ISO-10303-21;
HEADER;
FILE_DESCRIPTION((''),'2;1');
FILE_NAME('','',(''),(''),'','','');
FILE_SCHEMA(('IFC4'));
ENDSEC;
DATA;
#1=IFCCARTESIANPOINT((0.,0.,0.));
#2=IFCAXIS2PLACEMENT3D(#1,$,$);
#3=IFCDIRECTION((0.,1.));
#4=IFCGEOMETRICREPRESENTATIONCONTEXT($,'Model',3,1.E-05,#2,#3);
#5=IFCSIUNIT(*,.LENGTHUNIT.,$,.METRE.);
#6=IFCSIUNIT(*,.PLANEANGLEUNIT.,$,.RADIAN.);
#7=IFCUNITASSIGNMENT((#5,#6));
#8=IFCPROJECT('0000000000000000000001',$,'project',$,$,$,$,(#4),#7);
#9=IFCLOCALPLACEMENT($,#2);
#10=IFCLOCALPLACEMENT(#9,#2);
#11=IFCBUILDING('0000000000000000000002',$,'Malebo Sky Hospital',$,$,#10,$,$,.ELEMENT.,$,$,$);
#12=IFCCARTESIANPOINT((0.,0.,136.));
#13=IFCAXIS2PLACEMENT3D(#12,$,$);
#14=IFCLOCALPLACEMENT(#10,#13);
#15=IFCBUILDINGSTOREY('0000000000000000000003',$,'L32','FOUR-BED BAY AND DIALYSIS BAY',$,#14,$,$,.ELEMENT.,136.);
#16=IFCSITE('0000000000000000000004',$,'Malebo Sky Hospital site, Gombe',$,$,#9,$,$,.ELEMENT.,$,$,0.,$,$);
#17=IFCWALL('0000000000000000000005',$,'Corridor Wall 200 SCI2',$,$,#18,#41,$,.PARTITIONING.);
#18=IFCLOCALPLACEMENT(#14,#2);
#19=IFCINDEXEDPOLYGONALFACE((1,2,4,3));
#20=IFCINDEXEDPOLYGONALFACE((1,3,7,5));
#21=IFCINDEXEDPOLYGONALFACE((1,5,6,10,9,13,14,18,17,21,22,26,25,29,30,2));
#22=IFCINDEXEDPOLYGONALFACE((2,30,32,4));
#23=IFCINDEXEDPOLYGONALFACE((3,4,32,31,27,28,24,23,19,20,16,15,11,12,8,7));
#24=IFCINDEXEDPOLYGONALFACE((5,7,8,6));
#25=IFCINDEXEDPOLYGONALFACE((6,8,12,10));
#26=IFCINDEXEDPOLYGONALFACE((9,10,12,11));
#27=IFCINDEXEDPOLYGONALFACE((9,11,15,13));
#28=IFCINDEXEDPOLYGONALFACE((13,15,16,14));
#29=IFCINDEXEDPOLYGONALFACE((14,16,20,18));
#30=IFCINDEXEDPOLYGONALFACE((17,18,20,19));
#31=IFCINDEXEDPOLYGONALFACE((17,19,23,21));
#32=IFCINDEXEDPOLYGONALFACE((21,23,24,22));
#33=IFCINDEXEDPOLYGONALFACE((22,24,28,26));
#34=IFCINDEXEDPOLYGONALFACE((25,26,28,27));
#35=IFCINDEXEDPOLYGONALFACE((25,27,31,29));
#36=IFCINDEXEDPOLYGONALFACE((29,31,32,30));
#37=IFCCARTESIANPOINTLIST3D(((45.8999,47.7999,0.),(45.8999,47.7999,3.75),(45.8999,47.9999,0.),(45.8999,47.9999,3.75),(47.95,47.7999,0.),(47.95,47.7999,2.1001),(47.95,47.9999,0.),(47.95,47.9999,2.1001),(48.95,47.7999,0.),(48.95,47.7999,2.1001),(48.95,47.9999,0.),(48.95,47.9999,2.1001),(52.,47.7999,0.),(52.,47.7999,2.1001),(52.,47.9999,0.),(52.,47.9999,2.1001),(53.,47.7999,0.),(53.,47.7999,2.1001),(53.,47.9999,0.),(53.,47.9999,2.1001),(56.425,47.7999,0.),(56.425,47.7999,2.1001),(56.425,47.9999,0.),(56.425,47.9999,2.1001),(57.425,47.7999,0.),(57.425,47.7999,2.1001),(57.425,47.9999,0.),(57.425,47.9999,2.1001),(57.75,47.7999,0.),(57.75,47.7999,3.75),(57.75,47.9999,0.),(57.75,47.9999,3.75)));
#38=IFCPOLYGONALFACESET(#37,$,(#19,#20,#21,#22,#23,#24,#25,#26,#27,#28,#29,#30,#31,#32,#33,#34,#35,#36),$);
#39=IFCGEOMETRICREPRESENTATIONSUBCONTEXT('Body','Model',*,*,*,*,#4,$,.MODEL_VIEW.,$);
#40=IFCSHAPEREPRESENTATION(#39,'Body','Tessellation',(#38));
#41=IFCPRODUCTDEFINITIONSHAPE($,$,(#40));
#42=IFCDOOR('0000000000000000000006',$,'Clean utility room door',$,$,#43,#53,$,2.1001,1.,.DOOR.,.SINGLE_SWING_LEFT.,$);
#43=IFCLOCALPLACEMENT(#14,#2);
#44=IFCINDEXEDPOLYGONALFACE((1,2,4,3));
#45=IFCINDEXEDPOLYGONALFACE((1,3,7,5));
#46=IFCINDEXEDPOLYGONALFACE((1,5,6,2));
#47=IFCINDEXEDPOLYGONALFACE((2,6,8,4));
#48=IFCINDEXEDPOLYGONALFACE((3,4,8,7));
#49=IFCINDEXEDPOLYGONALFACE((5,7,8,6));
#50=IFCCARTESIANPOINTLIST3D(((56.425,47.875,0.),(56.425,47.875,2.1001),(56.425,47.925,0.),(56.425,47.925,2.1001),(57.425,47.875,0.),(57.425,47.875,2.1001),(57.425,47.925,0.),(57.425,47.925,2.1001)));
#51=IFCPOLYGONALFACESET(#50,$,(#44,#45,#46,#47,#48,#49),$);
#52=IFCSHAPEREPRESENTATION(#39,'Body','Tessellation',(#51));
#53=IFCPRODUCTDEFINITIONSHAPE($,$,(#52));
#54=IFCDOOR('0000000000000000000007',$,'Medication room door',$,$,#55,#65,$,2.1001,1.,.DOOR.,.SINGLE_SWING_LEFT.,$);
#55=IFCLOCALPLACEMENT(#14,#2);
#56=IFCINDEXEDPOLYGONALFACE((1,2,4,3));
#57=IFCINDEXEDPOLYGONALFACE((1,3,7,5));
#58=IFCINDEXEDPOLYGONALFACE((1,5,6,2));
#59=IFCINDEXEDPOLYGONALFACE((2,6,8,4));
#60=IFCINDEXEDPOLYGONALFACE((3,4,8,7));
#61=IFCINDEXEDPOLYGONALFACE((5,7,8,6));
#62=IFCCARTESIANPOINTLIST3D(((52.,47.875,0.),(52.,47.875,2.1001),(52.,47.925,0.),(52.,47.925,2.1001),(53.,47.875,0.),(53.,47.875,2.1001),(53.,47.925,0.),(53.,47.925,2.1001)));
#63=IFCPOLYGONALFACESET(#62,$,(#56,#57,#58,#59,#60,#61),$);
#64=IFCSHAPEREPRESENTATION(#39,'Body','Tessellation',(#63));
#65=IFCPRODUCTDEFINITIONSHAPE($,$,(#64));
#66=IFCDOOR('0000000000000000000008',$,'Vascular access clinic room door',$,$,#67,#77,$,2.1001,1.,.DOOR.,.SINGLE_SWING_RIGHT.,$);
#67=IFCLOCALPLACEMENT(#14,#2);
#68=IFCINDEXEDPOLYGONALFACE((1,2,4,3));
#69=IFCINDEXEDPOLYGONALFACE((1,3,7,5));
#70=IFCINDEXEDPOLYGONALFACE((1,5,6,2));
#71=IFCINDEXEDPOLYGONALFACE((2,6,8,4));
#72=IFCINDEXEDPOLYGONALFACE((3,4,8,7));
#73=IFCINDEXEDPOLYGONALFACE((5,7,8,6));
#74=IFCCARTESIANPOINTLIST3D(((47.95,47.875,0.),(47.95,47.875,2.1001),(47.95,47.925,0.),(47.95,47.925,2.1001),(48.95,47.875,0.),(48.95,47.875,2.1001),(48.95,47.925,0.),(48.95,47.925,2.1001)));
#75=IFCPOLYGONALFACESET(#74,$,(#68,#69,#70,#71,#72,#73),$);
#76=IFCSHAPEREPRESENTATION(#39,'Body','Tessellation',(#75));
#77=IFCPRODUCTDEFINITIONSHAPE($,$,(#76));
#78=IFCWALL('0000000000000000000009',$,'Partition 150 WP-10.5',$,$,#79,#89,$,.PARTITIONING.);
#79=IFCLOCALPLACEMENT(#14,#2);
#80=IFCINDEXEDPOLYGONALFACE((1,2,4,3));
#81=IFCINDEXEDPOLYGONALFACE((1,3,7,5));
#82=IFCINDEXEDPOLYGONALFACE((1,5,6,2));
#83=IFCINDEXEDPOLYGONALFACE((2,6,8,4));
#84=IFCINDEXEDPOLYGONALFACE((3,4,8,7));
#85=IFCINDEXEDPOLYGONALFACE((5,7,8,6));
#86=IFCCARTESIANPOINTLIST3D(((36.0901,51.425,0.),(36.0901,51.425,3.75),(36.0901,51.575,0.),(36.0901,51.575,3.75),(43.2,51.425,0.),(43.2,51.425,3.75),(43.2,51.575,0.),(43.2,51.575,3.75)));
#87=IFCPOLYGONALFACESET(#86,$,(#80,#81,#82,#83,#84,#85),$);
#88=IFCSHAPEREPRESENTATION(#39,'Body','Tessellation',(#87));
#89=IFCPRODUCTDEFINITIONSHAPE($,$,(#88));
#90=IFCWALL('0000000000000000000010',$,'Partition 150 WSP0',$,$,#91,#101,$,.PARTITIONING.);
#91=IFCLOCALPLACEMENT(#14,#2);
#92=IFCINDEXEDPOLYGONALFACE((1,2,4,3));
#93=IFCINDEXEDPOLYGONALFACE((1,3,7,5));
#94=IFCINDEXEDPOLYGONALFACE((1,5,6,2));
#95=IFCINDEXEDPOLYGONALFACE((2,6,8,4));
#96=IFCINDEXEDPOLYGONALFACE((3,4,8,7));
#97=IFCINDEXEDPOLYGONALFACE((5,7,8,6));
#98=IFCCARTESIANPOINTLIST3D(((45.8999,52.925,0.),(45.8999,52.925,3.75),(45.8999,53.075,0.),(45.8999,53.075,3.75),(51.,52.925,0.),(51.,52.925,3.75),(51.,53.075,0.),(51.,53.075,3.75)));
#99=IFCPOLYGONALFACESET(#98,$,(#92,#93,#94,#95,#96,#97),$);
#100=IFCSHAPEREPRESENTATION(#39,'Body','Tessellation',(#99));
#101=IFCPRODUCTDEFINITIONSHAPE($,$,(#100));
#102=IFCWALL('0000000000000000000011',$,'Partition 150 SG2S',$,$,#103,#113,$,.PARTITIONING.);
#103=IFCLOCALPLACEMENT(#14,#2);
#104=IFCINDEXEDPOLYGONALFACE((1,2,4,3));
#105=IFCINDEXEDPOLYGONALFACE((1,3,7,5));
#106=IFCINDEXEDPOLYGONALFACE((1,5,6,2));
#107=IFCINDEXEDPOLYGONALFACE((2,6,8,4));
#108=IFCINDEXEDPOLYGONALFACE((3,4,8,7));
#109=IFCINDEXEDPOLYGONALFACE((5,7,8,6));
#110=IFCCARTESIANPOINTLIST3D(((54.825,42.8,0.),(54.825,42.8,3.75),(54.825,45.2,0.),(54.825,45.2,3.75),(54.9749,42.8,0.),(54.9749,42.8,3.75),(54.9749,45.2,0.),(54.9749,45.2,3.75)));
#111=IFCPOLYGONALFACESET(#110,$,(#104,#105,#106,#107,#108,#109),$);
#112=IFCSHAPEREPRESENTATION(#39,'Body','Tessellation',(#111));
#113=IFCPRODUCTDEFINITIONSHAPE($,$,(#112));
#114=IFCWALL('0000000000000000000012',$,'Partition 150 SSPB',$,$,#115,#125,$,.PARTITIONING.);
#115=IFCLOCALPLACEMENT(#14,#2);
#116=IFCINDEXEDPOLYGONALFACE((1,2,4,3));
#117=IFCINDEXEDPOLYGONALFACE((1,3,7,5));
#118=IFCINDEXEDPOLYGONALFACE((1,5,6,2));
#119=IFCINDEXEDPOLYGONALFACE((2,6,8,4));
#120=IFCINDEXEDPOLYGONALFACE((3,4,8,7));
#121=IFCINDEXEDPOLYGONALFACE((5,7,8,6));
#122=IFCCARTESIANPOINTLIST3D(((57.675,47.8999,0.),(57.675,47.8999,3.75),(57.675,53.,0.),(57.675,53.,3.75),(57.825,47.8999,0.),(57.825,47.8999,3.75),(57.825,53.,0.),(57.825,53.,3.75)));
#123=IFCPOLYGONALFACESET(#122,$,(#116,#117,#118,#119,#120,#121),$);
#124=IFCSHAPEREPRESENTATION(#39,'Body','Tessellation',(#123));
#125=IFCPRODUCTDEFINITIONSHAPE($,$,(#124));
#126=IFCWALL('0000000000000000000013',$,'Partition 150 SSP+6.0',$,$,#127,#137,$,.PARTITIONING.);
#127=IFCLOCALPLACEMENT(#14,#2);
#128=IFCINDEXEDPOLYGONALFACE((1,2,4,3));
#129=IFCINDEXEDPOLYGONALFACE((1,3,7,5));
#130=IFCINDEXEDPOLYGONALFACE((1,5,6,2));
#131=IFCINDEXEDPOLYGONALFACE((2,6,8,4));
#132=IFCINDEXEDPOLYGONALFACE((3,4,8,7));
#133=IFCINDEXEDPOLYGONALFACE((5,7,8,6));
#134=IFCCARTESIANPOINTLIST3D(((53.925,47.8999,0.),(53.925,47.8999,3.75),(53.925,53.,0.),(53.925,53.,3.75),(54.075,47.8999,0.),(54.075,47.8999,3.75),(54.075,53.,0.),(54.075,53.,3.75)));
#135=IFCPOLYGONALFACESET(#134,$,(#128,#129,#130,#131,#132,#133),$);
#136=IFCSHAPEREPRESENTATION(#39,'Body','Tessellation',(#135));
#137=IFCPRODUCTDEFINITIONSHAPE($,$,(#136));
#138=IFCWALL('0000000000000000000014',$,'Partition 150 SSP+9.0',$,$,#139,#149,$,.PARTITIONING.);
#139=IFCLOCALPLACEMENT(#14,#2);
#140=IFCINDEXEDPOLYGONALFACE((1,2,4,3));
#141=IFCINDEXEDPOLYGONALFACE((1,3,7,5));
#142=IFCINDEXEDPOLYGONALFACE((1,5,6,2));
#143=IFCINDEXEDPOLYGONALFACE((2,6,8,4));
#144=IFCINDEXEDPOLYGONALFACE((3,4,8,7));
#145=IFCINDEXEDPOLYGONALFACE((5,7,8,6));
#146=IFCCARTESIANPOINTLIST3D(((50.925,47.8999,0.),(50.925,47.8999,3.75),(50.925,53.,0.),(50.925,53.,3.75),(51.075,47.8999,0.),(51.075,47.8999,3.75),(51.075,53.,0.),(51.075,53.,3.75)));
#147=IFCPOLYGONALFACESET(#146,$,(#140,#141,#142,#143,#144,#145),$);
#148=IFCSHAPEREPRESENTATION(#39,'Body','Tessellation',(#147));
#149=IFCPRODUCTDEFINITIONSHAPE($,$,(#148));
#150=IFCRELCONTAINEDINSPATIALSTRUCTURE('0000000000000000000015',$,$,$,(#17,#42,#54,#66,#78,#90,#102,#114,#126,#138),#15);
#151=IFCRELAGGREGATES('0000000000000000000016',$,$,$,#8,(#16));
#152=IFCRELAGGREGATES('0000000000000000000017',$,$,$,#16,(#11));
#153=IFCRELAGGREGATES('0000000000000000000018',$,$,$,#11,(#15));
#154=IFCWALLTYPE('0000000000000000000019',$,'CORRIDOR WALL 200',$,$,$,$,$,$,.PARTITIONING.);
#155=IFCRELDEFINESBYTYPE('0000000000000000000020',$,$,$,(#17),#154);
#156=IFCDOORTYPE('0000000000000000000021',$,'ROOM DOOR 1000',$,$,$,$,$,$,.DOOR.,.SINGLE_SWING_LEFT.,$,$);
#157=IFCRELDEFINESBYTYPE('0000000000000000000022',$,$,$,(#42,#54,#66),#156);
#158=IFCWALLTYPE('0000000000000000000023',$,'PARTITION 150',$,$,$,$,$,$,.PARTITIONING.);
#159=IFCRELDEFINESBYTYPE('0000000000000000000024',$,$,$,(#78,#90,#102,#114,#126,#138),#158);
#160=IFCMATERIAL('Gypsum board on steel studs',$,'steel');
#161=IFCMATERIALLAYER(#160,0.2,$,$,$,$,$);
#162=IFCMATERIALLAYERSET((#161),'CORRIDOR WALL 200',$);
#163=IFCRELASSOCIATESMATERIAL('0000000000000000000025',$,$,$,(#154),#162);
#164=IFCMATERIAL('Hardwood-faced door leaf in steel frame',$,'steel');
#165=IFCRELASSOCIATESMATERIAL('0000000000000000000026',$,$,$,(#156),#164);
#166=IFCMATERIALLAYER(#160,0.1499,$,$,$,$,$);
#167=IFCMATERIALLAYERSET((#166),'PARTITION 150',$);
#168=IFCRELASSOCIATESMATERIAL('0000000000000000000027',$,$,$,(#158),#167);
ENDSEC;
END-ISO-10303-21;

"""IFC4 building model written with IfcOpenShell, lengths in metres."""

from ifc_helpers import new_model, si_unit, direction, frame, frame_2d, origin, place, context, subcontext, project, spatial, rectangle, extrude, material, layer, layer_set, type_object, element, fill, save


model = new_model("IFC4")

# Units and contexts
model_context = context("Model", 3, precision=1e-05, world=origin(), true_north=direction((0.0, 1.0)))
body_context = subcontext(model_context, "Body", "Model", "MODEL_VIEW")
ifc_project = project(units=[si_unit("LENGTHUNIT", "METRE"), si_unit("PLANEANGLEUNIT", "RADIAN")], contexts=[model_context])

# Site, building, storey
site_placement = place(None, origin())
site = spatial("IfcSite", under=ifc_project, at=site_placement, Name="Malebo Sky Hospital site, Gombe", CompositionType="ELEMENT", RefElevation=0.0)
building_placement = place(site_placement, origin())
building = spatial("IfcBuilding", under=site, at=building_placement, Name="Malebo Sky Hospital", CompositionType="ELEMENT")
storey_placement = place(building_placement, frame((0.0, 0.0, 136.0)))
storey = spatial("IfcBuildingStorey", under=building, at=storey_placement, Name="L32", Description="FOUR-BED BAY AND DIALYSIS BAY", CompositionType="ELEMENT", Elevation=136.0)

# Shared definitions
ifc_material_1 = material(Name="Gypsum board on steel studs", Category="steel")
ifc_layer_1 = layer(ifc_material_1, 0.2)
ifc_layer_set_1 = layer_set([ifc_layer_1], Name="CORRIDOR WALL 200")
wall_type_1 = type_object("IfcWallType", Name="CORRIDOR WALL 200", PredefinedType="PARTITIONING", material=ifc_layer_set_1)
ifc_material_2 = material(Name="Hardwood-faced door leaf in steel frame", Category="steel")
door_type = type_object("IfcDoorType", Name="ROOM DOOR 1000", OperationType="SINGLE_SWING_LEFT", PredefinedType="DOOR", material=ifc_material_2)

# Wall, openings, doors
wall_1_placement = place(storey_placement, frame((57.75, 47.8999, 0.0), z_axis=(0.0, 0.0, 1.0), x_axis=(-1.0, 0.0, 0.0)))
wall_1 = element("IfcWall", 1, at=wall_1_placement, inside=storey, type_object=wall_type_1, Name="Corridor Wall 200 SCI2", PredefinedType="PARTITIONING", context=body_context, shape_type="SweptSolid", body=[
    extrude(rectangle(XDim=11.8501, YDim=0.2, at=frame_2d((5.925, 0.0))), origin(), (0.0, 0.0, 1.0), 3.75),
])
opening_1_placement = place(wall_1_placement, frame((0.325, 0.0, 0.0)))
opening_1 = element("IfcOpeningElement", 2, at=opening_1_placement, cuts=wall_1, PredefinedType="OPENING", context=body_context, shape_type="SweptSolid", body=[
    extrude(rectangle(XDim=1.0, YDim=2.1001, at=frame_2d((0.5, 1.05))), frame((0.0, 0.1099, 0.0), z_axis=(0.0, -1.0, 0.0), x_axis=(1.0, 0.0, 0.0)), (0.0, 0.0, 1.0), 0.22),
])
opening_2_placement = place(wall_1_placement, frame((4.75, 0.0, 0.0)))
opening_2 = element("IfcOpeningElement", 3, at=opening_2_placement, cuts=wall_1, PredefinedType="OPENING", context=body_context, shape_type="SweptSolid", body=[
    extrude(rectangle(XDim=1.0, YDim=2.1001, at=frame_2d((0.5, 1.05))), frame((0.0, 0.1099, 0.0), z_axis=(0.0, -1.0, 0.0), x_axis=(1.0, 0.0, 0.0)), (0.0, 0.0, 1.0), 0.22),
])
opening_3_placement = place(wall_1_placement, frame((8.8, 0.0, 0.0)))
opening_3 = element("IfcOpeningElement", 4, at=opening_3_placement, cuts=wall_1, PredefinedType="OPENING", context=body_context, shape_type="SweptSolid", body=[
    extrude(rectangle(XDim=1.0, YDim=2.1001, at=frame_2d((0.5, 1.05))), frame((0.0, 0.1099, 0.0), z_axis=(0.0, -1.0, 0.0), x_axis=(1.0, 0.0, 0.0)), (0.0, 0.0, 1.0), 0.22),
])
door_1_placement = place(opening_1_placement, origin())
door_1 = element("IfcDoor", 5, at=door_1_placement, inside=storey, type_object=door_type, Name="Clean utility room door", OperationType="SINGLE_SWING_LEFT", OverallHeight=2.1001, OverallWidth=1.0, PredefinedType="DOOR", context=body_context, shape_type="SweptSolid", body=[
    extrude(rectangle(XDim=1.0, YDim=2.1001, at=frame_2d((0.5, 1.05))), frame((0.0, 0.0249, 0.0), z_axis=(0.0, -1.0, 0.0), x_axis=(1.0, 0.0, 0.0)), (0.0, 0.0, 1.0), 0.05),
])
fill(opening_1, door_1)
door_2_placement = place(opening_2_placement, origin())
door_2 = element("IfcDoor", 6, at=door_2_placement, inside=storey, type_object=door_type, Name="Medication room door", OperationType="SINGLE_SWING_LEFT", OverallHeight=2.1001, OverallWidth=1.0, PredefinedType="DOOR", context=body_context, shape_type="SweptSolid", body=[
    extrude(rectangle(XDim=1.0, YDim=2.1001, at=frame_2d((0.5, 1.05))), frame((0.0, 0.0249, 0.0), z_axis=(0.0, -1.0, 0.0), x_axis=(1.0, 0.0, 0.0)), (0.0, 0.0, 1.0), 0.05),
])
fill(opening_2, door_2)
door_3_placement = place(opening_3_placement, origin())
door_3 = element("IfcDoor", 7, at=door_3_placement, inside=storey, type_object=door_type, Name="Vascular access clinic room door", OperationType="SINGLE_SWING_RIGHT", OverallHeight=2.1001, OverallWidth=1.0, PredefinedType="DOOR", context=body_context, shape_type="SweptSolid", body=[
    extrude(rectangle(XDim=1.0, YDim=2.1001, at=frame_2d((0.5, 1.05))), frame((0.0, 0.0249, 0.0), z_axis=(0.0, -1.0, 0.0), x_axis=(1.0, 0.0, 0.0)), (0.0, 0.0, 1.0), 0.05),
])
fill(opening_3, door_3)

# Walls
ifc_layer_2 = layer(ifc_material_1, 0.1499)
ifc_layer_set_2 = layer_set([ifc_layer_2], Name="PARTITION 150")
wall_type_2 = type_object("IfcWallType", Name="PARTITION 150", PredefinedType="PARTITIONING", material=ifc_layer_set_2)
wall_2_placement = place(storey_placement, frame((43.2, 51.5, 0.0), z_axis=(0.0, 0.0, 1.0), x_axis=(-1.0, 0.0, 0.0)))
element("IfcWall", 8, at=wall_2_placement, inside=storey, type_object=wall_type_2, Name="Partition 150 WP-10.5", PredefinedType="PARTITIONING", context=body_context, shape_type="SweptSolid", body=[
    extrude(rectangle(XDim=7.1099, YDim=0.1499, at=frame_2d((3.5549, 0.0))), origin(), (0.0, 0.0, 1.0), 3.75),
])
wall_3_placement = place(storey_placement, frame((51.0, 53.0, 0.0), z_axis=(0.0, 0.0, 1.0), x_axis=(-1.0, 0.0, 0.0)))
element("IfcWall", 9, at=wall_3_placement, inside=storey, type_object=wall_type_2, Name="Partition 150 WSP0", PredefinedType="PARTITIONING", context=body_context, shape_type="SweptSolid", body=[
    extrude(rectangle(XDim=5.1001, YDim=0.1499, at=frame_2d((2.55, 0.0))), origin(), (0.0, 0.0, 1.0), 3.75),
])
wall_4_placement = place(storey_placement, frame((54.8999, 45.2, 0.0), z_axis=(0.0, 0.0, 1.0), x_axis=(0.0, -1.0, 0.0)))
element("IfcWall", 10, at=wall_4_placement, inside=storey, type_object=wall_type_2, Name="Partition 150 SG2S", PredefinedType="PARTITIONING", context=body_context, shape_type="SweptSolid", body=[
    extrude(rectangle(XDim=2.3999, YDim=0.1499, at=frame_2d((1.2, 0.0))), origin(), (0.0, 0.0, 1.0), 3.75),
])
for number, where, z_axis, x_axis, name in (
    (11, (57.75, 53.0, 0.0), (0.0, 0.0, 1.0), (0.0, -1.0, 0.0), "Partition 150 SSPB"),
    (12, (54.0, 53.0, 0.0), (0.0, 0.0, 1.0), (0.0, -1.0, 0.0), "Partition 150 SSP+6.0"),
    (13, (51.0, 53.0, 0.0), (0.0, 0.0, 1.0), (0.0, -1.0, 0.0), "Partition 150 SSP+9.0"),
):
    element("IfcWall", number, at=place(storey_placement, frame(where, z_axis=z_axis, x_axis=x_axis)), inside=storey, type_object=wall_type_2, Name=name, PredefinedType="PARTITIONING", context=body_context, shape_type="SweptSolid", body=[
        extrude(rectangle(XDim=5.1001, YDim=0.1499, at=frame_2d((2.55, 0.0))), origin(), (0.0, 0.0, 1.0), 3.75),
    ])

save(model, "model.ifc")
